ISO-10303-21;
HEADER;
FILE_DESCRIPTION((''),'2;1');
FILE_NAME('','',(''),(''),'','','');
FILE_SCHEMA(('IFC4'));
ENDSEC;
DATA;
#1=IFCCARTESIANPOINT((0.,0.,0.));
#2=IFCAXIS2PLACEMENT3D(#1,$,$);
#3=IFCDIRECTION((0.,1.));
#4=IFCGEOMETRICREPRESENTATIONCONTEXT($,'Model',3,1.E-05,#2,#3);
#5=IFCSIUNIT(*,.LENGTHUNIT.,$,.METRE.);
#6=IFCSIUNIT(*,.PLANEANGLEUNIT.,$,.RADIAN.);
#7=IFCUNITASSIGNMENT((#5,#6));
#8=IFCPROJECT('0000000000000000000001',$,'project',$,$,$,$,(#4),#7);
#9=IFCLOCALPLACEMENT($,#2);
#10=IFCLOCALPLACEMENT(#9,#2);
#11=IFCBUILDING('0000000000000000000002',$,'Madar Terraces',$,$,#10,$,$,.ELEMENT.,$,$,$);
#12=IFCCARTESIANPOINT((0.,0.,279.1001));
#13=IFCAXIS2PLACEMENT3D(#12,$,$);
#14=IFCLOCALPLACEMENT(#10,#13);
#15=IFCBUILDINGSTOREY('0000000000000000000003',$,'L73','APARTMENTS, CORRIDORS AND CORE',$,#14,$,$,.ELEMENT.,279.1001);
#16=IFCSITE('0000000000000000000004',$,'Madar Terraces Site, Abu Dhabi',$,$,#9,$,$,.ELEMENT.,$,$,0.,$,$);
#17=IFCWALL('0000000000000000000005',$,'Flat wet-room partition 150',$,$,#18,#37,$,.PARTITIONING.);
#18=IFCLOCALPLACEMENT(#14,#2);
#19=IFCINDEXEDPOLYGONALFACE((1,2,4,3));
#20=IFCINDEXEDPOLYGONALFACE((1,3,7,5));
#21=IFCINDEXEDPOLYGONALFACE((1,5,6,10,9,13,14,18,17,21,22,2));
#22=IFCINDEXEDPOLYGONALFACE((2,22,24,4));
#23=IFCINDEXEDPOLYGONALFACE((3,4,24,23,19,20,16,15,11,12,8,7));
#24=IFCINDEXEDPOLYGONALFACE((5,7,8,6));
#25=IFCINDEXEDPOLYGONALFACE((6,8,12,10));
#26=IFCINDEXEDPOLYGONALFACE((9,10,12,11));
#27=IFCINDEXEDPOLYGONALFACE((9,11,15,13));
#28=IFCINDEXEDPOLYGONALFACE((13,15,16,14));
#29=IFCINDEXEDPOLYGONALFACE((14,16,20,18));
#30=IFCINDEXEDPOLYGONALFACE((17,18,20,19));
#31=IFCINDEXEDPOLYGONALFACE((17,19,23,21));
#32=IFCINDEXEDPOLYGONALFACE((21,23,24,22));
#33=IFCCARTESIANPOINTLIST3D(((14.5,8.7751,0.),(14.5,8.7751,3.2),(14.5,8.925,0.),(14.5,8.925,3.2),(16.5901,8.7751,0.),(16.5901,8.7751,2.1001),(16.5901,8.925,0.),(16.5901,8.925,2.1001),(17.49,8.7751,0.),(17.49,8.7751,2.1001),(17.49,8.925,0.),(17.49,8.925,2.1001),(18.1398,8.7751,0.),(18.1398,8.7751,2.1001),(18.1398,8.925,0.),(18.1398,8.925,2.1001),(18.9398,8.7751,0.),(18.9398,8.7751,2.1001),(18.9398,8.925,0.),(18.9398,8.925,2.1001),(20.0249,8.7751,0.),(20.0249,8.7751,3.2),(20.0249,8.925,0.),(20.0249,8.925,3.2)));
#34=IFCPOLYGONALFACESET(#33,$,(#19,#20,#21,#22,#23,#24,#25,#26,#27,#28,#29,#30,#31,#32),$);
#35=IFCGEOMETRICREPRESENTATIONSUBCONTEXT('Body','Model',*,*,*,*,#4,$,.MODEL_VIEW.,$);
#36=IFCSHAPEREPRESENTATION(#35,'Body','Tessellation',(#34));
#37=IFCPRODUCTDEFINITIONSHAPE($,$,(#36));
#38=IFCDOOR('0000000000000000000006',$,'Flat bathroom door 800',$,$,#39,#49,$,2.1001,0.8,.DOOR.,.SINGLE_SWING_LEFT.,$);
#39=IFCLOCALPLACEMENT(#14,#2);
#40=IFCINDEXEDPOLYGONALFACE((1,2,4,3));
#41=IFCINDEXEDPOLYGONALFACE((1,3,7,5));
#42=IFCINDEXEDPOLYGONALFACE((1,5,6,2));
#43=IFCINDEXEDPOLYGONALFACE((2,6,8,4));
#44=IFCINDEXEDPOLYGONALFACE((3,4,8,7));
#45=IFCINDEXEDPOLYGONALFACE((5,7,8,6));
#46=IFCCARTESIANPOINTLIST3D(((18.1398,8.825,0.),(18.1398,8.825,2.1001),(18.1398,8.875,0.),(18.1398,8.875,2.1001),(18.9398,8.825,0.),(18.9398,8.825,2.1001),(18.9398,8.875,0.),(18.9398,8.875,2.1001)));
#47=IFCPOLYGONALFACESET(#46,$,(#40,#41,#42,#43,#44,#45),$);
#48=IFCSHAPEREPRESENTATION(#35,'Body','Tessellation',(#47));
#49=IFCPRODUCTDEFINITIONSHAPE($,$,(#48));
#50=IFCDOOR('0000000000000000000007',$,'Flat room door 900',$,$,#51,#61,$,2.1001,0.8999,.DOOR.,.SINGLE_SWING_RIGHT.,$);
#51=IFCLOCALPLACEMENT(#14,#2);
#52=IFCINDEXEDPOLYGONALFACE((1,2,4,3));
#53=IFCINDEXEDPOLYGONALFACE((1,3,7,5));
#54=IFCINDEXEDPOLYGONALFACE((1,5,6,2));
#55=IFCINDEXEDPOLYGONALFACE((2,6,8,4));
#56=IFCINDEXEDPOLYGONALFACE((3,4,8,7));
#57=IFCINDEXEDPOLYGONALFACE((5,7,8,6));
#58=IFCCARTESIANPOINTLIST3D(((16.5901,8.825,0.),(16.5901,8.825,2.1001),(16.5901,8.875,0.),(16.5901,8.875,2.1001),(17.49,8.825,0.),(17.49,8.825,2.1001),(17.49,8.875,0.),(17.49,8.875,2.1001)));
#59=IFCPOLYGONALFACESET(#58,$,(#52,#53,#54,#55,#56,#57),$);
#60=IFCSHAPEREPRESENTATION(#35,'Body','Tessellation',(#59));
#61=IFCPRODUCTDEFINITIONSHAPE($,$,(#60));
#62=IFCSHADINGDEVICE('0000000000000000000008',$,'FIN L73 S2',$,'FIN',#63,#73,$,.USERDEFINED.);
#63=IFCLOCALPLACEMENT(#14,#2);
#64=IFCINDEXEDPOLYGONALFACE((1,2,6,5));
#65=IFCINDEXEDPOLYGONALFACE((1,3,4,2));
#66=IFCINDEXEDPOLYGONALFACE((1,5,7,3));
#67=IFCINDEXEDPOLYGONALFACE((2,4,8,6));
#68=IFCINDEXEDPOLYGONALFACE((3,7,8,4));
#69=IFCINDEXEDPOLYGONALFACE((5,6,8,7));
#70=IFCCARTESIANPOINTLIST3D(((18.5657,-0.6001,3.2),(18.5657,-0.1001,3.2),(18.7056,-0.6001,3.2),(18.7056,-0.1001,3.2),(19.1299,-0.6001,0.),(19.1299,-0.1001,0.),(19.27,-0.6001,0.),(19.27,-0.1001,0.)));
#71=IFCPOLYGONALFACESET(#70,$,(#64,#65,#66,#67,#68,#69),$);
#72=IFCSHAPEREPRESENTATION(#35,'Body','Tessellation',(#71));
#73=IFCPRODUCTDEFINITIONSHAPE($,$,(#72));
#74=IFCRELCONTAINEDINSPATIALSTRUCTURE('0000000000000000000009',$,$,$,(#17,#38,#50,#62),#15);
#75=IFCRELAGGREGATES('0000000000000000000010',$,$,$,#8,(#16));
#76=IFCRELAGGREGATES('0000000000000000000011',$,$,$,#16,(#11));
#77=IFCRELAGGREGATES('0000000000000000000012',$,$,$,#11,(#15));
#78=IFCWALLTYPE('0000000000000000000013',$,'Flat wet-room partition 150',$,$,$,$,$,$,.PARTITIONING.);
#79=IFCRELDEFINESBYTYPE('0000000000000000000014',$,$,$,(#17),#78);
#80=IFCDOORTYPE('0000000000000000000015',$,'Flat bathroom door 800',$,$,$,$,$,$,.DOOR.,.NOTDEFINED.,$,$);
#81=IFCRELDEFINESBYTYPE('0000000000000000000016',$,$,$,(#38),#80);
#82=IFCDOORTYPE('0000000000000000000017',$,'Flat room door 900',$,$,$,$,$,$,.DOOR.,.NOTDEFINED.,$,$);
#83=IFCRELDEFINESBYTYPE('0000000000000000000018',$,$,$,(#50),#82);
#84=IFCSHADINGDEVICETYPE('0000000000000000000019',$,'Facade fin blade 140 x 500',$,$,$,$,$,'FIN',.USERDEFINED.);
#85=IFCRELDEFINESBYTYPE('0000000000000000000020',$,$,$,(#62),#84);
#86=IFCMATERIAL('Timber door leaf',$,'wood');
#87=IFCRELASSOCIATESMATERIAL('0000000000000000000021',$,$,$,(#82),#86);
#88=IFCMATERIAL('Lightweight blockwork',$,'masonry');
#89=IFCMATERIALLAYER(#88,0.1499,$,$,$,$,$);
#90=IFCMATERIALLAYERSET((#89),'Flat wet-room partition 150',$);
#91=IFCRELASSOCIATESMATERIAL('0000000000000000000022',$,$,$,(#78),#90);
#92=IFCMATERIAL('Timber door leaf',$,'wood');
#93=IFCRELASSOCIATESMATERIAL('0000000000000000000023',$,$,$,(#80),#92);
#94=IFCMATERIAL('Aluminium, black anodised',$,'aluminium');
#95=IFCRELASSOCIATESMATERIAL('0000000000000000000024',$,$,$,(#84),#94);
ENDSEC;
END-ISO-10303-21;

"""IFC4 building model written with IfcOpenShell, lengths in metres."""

from ifc_helpers import new_model, si_unit, direction, frame, frame_2d, origin, place, context, subcontext, project, spatial, polyline, rectangle, outline, extrude, material, layer, layer_set, type_object, element, fill, save


model = new_model("IFC4")

# Units and contexts
model_context = context("Model", 3, precision=1e-05, world=origin(), true_north=direction((0.0, 1.0)))
body_context = subcontext(model_context, "Body", "Model", "MODEL_VIEW")
ifc_project = project(units=[si_unit("LENGTHUNIT", "METRE"), si_unit("PLANEANGLEUNIT", "RADIAN")], contexts=[model_context])

# Site, building, storey
site_placement = place(None, origin())
site = spatial("IfcSite", under=ifc_project, at=site_placement, Name="Madar Terraces Site, Abu Dhabi", CompositionType="ELEMENT", RefElevation=0.0)
building_placement = place(site_placement, origin())
building = spatial("IfcBuilding", under=site, at=building_placement, Name="Madar Terraces", CompositionType="ELEMENT")
storey_placement = place(building_placement, frame((0.0, 0.0, 279.1001)))
storey = spatial("IfcBuildingStorey", under=building, at=storey_placement, Name="L73", Description="APARTMENTS, CORRIDORS AND CORE", CompositionType="ELEMENT", Elevation=279.1001)

# Shared definitions
ifc_material_1 = material(Name="Timber door leaf", Category="wood")
door_type_1 = type_object("IfcDoorType", Name="Flat room door 900", OperationType="NOTDEFINED", PredefinedType="DOOR", material=ifc_material_1)

# Shared definitions
ifc_material_2 = material(Name="Lightweight blockwork", Category="masonry")
ifc_layer_1 = layer(ifc_material_2, 0.1499)
ifc_layer_set_1 = layer_set([ifc_layer_1], Name="Flat wet-room partition 150")
wall_type_1 = type_object("IfcWallType", Name="Flat wet-room partition 150", PredefinedType="PARTITIONING", material=ifc_layer_set_1)

# Wall, openings, doors
wall_1_placement = place(storey_placement, frame((14.5, 8.8501, 0.0), z_axis=(0.0, 0.0, 1.0), x_axis=(1.0, 0.0, 0.0)))
wall_1 = element("IfcWall", 1, at=wall_1_placement, inside=storey, type_object=wall_type_1, Name="Flat wet-room partition 150", PredefinedType="PARTITIONING", context=body_context, shape_type="SweptSolid", body=[
    extrude(rectangle(XDim=5.5249, YDim=0.1499, at=frame_2d((2.7625, 0.0))), origin(), (0.0, 0.0, 1.0), 3.2),
])
opening_1_placement = place(wall_1_placement, frame((3.6399, 0.0, 0.0)))
opening_1 = element("IfcOpeningElement", 2, at=opening_1_placement, cuts=wall_1, PredefinedType="OPENING", context=body_context, shape_type="SweptSolid", body=[
    extrude(rectangle(XDim=0.8, YDim=2.1001, at=frame_2d((0.3999, 1.05))), frame((0.0, 0.085, 0.0), z_axis=(0.0, -1.0, 0.0), x_axis=(1.0, 0.0, 0.0)), (0.0, 0.0, 1.0), 0.1699),
])
opening_2_placement = place(wall_1_placement, frame((2.0901, 0.0, 0.0)))
opening_2 = element("IfcOpeningElement", 3, at=opening_2_placement, cuts=wall_1, PredefinedType="OPENING", context=body_context, shape_type="SweptSolid", body=[
    extrude(rectangle(XDim=0.8999, YDim=2.1001, at=frame_2d((0.45, 1.05))), frame((0.0, 0.085, 0.0), z_axis=(0.0, -1.0, 0.0), x_axis=(1.0, 0.0, 0.0)), (0.0, 0.0, 1.0), 0.1699),
])
ifc_material_3 = material(Name="Timber door leaf", Category="wood")
door_type_2 = type_object("IfcDoorType", Name="Flat bathroom door 800", OperationType="NOTDEFINED", PredefinedType="DOOR", material=ifc_material_3)
door_1_placement = place(opening_1_placement, origin())
door_1 = element("IfcDoor", 4, at=door_1_placement, inside=storey, type_object=door_type_2, Name="Flat bathroom door 800", OperationType="SINGLE_SWING_LEFT", OverallHeight=2.1001, OverallWidth=0.8, PredefinedType="DOOR", context=body_context, shape_type="SweptSolid", body=[
    extrude(rectangle(XDim=0.8, YDim=2.1001, at=frame_2d((0.3999, 1.05))), frame((0.0, 0.0249, 0.0), z_axis=(0.0, -1.0, 0.0), x_axis=(1.0, 0.0, 0.0)), (0.0, 0.0, 1.0), 0.05),
])
fill(opening_1, door_1)
door_2_placement = place(opening_2_placement, origin())
door_2 = element("IfcDoor", 5, at=door_2_placement, inside=storey, type_object=door_type_1, Name="Flat room door 900", OperationType="SINGLE_SWING_RIGHT", OverallHeight=2.1001, OverallWidth=0.8999, PredefinedType="DOOR", context=body_context, shape_type="SweptSolid", body=[
    extrude(rectangle(XDim=0.8999, YDim=2.1001, at=frame_2d((0.45, 1.05))), frame((0.0, 0.0249, 0.0), z_axis=(0.0, -1.0, 0.0), x_axis=(1.0, 0.0, 0.0)), (0.0, 0.0, 1.0), 0.05),
])
fill(opening_2, door_2)

# Shading device
ifc_material_4 = material(Name="Aluminium, black anodised", Category="aluminium")
shading_device_type = type_object("IfcShadingDeviceType", Name="Facade fin blade 140 x 500", ElementType="FIN", PredefinedType="USERDEFINED", material=ifc_material_4)
shading_device_placement = place(storey_placement, frame((19.1299, -0.3501, 0.0), z_axis=(0.0, 0.0, 1.0), x_axis=(1.0, 0.0, 0.0)))
element("IfcShadingDevice", 6, at=shading_device_placement, inside=storey, type_object=shading_device_type, Name="FIN L73 S2", ObjectType="FIN", PredefinedType="USERDEFINED", context=body_context, shape_type="SweptSolid", body=[
    extrude(outline(polyline([(0.0, 0.0), (0.1401, 0.0), (-0.4243, 3.2), (-0.5642, 3.2), (0.0, 0.0)])), frame((0.0, 0.25, 0.0), z_axis=(0.0, -1.0, 0.0), x_axis=(1.0, 0.0, 0.0)), (0.0, 0.0, 1.0), 0.5),
])

save(model, "model.ifc")
